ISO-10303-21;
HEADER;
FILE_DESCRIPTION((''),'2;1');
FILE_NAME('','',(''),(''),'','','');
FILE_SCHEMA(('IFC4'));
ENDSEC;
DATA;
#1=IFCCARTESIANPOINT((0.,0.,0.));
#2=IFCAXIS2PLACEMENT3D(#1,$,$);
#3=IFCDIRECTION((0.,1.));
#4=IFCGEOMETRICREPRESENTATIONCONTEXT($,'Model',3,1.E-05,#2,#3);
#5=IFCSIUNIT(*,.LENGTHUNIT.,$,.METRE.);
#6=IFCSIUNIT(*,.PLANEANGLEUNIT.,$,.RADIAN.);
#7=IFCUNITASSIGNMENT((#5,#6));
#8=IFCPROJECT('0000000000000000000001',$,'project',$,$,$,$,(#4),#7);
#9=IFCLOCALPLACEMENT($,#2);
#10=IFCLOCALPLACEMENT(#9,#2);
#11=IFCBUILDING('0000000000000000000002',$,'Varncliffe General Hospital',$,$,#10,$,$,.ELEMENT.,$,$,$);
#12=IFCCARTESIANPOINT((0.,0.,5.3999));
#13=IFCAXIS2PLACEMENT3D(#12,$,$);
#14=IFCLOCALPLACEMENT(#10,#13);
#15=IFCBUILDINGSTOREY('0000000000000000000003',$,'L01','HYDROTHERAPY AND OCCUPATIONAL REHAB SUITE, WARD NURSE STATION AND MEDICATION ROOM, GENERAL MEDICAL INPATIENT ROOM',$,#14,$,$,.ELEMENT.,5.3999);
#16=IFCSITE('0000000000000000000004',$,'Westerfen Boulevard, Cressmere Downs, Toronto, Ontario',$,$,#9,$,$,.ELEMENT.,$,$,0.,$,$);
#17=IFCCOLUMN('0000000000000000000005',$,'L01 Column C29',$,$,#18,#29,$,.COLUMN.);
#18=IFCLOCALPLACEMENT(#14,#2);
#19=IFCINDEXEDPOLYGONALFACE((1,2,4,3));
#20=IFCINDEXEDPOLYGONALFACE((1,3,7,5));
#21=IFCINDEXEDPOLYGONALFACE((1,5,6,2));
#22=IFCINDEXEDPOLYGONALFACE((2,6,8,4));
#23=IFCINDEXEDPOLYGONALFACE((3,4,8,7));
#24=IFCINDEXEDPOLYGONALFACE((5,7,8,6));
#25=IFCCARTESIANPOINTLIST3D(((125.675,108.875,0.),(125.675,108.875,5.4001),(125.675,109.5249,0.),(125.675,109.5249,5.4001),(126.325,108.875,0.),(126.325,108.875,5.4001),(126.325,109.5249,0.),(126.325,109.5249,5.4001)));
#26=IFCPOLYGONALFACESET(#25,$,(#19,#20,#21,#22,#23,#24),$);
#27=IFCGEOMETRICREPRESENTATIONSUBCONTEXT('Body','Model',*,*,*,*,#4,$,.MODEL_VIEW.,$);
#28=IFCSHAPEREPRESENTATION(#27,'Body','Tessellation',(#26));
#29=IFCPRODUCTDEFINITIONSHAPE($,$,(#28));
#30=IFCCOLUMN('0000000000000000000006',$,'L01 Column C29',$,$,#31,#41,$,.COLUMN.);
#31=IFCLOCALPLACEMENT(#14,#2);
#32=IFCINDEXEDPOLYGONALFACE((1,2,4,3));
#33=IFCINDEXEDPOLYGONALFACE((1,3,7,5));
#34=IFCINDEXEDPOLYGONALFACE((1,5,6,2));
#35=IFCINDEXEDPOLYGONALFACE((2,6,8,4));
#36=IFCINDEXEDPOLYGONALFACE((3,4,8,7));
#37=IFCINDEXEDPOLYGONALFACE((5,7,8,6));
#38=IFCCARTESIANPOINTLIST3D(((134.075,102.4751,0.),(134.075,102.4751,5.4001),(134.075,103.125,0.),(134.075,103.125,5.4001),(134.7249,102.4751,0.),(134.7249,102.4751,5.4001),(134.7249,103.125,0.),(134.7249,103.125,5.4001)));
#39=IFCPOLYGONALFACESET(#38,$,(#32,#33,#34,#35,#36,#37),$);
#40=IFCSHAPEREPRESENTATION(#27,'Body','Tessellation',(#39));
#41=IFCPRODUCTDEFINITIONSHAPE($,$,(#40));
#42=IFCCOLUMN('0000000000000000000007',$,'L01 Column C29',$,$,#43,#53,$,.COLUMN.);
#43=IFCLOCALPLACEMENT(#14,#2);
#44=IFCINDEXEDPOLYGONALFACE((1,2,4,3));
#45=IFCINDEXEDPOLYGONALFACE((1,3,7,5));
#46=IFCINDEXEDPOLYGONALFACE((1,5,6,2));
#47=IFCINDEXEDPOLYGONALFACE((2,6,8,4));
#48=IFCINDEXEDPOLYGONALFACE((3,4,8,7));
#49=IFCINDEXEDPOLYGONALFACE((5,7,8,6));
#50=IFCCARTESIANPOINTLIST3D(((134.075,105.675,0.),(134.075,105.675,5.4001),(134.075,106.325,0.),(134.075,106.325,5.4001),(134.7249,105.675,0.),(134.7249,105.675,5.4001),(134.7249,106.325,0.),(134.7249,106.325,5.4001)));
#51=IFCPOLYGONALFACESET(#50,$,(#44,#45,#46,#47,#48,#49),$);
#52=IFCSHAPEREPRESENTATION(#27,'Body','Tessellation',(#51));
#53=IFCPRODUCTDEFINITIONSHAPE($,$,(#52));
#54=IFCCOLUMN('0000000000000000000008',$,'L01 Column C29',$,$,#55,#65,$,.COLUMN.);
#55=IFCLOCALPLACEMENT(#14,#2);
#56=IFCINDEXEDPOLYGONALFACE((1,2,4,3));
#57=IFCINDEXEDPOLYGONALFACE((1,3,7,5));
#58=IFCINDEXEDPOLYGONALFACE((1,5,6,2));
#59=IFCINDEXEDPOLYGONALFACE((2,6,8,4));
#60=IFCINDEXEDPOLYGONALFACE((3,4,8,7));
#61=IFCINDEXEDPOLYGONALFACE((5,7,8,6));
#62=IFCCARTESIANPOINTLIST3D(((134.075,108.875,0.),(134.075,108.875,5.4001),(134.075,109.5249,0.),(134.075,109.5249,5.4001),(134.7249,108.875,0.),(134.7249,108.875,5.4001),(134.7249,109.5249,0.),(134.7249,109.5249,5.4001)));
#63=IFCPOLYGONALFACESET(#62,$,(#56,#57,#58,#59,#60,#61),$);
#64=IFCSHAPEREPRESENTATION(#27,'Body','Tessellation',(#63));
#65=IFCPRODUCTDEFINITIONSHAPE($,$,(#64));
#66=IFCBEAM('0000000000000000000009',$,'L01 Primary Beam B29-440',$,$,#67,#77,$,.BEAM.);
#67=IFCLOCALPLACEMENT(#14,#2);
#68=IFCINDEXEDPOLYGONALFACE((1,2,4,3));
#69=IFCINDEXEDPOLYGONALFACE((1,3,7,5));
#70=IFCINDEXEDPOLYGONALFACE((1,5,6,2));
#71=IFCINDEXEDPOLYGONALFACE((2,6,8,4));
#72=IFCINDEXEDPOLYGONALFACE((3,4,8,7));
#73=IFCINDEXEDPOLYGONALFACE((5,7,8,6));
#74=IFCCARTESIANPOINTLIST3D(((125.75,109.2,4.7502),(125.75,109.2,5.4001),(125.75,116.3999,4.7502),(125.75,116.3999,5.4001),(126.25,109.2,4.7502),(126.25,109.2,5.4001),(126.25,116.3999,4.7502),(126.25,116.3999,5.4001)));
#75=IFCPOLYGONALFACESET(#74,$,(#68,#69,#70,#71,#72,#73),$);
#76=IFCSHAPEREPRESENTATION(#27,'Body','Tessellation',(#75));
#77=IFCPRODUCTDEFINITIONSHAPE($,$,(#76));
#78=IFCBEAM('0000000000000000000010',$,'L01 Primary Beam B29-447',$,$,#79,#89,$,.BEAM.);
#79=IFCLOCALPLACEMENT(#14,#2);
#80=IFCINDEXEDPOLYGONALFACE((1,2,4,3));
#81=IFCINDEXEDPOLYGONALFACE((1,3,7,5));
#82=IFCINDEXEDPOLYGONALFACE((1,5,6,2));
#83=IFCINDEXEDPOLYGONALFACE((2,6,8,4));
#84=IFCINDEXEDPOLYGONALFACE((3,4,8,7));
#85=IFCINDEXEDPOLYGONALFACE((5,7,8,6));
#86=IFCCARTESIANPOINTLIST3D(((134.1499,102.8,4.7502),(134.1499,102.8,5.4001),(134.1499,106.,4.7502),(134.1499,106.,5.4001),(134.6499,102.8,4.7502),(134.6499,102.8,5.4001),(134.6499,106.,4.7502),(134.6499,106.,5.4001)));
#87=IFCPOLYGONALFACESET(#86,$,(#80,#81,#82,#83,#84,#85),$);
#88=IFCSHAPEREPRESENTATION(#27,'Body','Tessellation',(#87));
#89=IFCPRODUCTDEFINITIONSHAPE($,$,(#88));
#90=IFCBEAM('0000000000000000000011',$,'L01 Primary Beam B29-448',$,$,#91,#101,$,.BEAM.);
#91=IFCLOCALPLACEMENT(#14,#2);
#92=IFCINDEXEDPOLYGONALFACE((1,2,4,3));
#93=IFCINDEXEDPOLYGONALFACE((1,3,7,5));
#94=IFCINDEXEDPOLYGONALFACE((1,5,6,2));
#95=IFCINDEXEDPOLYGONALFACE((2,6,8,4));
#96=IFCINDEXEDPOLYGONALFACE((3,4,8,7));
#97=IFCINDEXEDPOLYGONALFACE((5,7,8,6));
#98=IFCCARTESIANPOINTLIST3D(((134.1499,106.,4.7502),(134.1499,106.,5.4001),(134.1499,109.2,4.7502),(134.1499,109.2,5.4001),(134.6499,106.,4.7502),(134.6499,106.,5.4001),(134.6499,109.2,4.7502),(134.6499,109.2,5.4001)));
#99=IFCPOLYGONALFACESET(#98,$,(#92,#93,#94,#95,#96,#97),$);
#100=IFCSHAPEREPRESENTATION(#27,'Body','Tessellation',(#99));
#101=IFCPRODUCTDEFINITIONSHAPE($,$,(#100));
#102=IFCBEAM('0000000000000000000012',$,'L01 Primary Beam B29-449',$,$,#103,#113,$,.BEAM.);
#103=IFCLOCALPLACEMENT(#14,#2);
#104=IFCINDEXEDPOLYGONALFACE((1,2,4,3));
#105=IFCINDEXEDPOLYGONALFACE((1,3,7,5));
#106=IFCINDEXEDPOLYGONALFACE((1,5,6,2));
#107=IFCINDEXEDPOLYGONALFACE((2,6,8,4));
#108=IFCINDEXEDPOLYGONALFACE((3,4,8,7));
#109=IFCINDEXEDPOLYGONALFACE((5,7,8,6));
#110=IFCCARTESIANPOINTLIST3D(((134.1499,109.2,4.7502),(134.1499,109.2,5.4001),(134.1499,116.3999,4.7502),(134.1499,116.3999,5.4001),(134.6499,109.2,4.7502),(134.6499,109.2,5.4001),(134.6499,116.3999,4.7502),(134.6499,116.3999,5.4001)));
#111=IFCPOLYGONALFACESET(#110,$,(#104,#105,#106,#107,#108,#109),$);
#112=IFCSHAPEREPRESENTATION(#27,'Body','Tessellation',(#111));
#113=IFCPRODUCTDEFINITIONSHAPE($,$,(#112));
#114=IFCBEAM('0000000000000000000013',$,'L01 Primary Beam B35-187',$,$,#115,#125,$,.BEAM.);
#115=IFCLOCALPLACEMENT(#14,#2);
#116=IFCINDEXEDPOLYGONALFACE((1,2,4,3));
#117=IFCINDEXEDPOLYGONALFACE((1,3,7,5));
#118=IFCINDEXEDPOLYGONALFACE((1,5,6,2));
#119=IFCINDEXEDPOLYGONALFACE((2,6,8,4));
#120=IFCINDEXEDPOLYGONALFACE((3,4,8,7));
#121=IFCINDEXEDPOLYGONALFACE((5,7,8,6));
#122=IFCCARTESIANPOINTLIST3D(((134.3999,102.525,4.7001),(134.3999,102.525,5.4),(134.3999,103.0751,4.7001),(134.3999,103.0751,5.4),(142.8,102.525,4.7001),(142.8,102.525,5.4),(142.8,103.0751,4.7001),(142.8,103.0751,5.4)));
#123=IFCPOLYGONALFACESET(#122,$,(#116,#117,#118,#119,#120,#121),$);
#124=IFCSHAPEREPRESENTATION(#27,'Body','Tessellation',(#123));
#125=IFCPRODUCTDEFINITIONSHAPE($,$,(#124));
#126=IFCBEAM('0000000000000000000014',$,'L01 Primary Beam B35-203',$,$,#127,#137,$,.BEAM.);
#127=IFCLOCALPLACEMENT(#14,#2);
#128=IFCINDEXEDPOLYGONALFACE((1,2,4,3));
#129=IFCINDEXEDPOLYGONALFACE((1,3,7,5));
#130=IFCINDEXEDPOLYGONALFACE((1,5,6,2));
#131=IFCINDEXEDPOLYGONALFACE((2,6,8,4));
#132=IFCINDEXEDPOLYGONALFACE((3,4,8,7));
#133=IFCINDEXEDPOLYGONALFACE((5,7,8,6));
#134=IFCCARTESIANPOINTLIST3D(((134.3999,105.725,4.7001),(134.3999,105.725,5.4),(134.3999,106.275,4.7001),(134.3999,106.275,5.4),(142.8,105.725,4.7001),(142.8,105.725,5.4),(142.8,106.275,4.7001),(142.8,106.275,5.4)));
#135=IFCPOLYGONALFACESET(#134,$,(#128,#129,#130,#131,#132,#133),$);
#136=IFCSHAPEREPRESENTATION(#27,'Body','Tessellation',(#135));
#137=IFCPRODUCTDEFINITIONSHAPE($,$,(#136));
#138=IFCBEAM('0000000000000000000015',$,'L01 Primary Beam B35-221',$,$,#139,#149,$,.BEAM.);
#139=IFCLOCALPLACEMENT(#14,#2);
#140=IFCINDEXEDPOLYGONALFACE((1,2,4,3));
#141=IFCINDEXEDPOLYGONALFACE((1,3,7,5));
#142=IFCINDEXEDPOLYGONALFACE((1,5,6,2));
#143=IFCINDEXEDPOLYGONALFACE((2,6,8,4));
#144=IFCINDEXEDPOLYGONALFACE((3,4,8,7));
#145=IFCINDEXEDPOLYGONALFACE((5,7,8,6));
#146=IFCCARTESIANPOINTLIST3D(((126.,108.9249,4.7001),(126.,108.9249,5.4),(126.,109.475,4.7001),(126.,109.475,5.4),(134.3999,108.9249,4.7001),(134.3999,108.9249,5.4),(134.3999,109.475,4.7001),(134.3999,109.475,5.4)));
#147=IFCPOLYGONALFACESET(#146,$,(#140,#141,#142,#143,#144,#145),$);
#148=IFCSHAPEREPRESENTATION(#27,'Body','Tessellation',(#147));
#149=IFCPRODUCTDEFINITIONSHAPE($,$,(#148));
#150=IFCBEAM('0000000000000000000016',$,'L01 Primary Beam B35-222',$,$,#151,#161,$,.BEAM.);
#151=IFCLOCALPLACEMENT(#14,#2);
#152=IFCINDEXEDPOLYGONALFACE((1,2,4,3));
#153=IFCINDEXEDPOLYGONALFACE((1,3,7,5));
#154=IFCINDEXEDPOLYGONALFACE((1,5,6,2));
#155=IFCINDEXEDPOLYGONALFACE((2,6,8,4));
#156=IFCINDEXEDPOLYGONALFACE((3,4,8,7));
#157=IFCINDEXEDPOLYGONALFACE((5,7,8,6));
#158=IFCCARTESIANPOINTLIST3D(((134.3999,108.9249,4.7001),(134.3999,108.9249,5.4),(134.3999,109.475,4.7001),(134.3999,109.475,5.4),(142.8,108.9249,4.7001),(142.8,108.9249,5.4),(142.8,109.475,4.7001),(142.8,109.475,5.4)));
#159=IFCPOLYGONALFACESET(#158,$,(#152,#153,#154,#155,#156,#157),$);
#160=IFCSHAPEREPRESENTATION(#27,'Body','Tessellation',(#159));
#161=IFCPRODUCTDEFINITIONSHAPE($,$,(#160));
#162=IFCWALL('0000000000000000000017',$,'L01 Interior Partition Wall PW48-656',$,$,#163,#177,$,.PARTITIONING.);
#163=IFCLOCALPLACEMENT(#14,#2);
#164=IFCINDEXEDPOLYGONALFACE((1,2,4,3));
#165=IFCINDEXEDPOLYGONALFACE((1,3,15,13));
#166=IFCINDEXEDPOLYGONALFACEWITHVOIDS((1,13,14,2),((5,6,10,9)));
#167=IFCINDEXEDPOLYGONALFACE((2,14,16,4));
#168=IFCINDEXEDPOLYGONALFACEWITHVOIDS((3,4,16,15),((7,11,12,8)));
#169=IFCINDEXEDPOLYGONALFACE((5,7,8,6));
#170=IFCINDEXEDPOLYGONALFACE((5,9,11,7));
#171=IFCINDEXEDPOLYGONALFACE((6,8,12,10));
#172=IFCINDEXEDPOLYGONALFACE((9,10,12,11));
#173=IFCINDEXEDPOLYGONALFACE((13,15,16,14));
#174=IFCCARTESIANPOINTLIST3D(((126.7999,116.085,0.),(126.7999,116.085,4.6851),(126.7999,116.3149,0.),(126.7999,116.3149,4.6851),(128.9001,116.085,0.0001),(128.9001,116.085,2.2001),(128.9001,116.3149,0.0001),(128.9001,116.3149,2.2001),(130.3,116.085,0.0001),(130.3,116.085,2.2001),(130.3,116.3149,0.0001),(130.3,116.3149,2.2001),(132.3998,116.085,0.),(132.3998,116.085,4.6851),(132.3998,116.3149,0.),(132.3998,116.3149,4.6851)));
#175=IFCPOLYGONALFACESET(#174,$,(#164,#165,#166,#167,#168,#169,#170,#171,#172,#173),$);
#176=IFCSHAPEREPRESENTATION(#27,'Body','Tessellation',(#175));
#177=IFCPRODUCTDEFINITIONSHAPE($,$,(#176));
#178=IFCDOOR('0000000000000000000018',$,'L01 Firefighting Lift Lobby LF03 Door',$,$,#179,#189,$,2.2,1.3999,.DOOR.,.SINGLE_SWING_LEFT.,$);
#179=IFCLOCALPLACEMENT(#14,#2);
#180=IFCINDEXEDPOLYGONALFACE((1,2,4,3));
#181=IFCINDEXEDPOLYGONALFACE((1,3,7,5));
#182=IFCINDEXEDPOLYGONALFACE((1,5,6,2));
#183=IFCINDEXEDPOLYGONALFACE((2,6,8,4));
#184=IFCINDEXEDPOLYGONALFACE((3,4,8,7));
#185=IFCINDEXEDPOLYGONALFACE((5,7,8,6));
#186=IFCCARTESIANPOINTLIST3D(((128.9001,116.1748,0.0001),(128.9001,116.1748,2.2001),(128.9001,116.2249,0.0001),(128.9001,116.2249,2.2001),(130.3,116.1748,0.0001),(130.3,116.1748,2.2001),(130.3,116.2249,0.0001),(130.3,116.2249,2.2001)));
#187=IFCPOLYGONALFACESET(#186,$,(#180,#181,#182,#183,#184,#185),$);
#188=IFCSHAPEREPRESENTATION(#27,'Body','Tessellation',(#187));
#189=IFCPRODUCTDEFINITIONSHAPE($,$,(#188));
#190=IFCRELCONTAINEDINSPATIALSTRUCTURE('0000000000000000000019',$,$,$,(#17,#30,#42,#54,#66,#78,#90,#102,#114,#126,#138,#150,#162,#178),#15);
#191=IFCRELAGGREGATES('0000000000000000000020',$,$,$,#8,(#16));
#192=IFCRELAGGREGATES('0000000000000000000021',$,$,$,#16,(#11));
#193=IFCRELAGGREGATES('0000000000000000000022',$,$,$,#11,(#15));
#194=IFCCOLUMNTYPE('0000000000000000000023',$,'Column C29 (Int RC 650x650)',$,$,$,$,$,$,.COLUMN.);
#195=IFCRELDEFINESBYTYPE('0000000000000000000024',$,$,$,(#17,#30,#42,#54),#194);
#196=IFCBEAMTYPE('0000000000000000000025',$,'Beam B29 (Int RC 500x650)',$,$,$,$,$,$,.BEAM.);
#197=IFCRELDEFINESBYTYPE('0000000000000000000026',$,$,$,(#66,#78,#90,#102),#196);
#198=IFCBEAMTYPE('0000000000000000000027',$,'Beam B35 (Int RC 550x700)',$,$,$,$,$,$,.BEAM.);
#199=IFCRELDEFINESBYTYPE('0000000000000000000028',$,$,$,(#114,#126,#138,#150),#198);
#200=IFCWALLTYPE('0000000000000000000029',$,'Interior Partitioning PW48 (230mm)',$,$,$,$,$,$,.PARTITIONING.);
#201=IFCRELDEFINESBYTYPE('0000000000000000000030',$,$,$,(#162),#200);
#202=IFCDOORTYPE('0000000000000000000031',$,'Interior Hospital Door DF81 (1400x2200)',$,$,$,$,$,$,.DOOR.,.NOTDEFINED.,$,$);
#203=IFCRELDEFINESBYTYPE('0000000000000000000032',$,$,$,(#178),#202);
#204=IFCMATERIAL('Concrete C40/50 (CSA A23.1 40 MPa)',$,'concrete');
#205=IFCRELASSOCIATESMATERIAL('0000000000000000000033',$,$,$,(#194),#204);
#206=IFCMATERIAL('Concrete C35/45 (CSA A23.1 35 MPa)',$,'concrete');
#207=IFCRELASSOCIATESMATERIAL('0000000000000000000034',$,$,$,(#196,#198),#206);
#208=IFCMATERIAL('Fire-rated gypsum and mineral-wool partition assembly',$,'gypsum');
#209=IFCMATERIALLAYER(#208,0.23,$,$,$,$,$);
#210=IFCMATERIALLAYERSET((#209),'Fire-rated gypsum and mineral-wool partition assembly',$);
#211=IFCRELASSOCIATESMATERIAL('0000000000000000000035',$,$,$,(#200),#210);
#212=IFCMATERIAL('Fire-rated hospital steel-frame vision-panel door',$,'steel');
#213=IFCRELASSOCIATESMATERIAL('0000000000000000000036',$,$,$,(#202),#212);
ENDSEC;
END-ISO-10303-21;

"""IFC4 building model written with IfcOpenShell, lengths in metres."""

from ifc_helpers import new_model, si_unit, direction, frame, frame_2d, origin, origin_2d, place, context, subcontext, project, spatial, rectangle, extrude, material, layer, layer_set, material_profile, profile_set, type_object, element, fill, save


model = new_model("IFC4")

# Units and contexts
model_context = context("Model", 3, precision=1e-05, world=origin(), true_north=direction((0.0, 1.0)))
body_context = subcontext(model_context, "Body", "Model", "MODEL_VIEW")
ifc_project = project(units=[si_unit("LENGTHUNIT", "METRE"), si_unit("PLANEANGLEUNIT", "RADIAN")], contexts=[model_context])

# Site, building, storey
site_placement = place(None, origin())
site = spatial("IfcSite", under=ifc_project, at=site_placement, Name="Westerfen Boulevard, Cressmere Downs, Toronto, Ontario", CompositionType="ELEMENT", RefElevation=0.0)
building_placement = place(site_placement, origin())
building = spatial("IfcBuilding", under=site, at=building_placement, Name="Varncliffe General Hospital", CompositionType="ELEMENT")
storey_placement = place(building_placement, frame((0.0, 0.0, 5.3999)))
storey = spatial("IfcBuildingStorey", under=building, at=storey_placement, Name="L01", Description="HYDROTHERAPY AND OCCUPATIONAL REHAB SUITE, WARD NURSE STATION AND MEDICATION ROOM, GENERAL MEDICAL INPATIENT ROOM", CompositionType="ELEMENT", Elevation=5.3999)

# Columns
ifc_material_1 = material(Name="Concrete C40/50 (CSA A23.1 40 MPa)", Category="concrete")
ifc_material_profile_1 = material_profile(ifc_material_1, rectangle(XDim=0.6499, YDim=0.6499, at=origin_2d()), Name="RC 650x650")
ifc_profile_set_1 = profile_set([ifc_material_profile_1], Name="Concrete C40/50 (CSA A23.1 40 MPa)")
column_type = type_object("IfcColumnType", Name="Column C29 (Int RC 650x650)", PredefinedType="COLUMN", material=ifc_profile_set_1)
for number, where, z_axis, x_axis, name in (
    (1, (126.0, 109.2, 0.0), (0.0, 0.0, 1.0), (1.0, 0.0, 0.0), "L01 Column C29"),
    (2, (134.3999, 102.8, 0.0), (0.0, 0.0, 1.0), (1.0, 0.0, 0.0), "L01 Column C29"),
    (3, (134.3999, 106.0, 0.0), (0.0, 0.0, 1.0), (1.0, 0.0, 0.0), "L01 Column C29"),
    (4, (134.3999, 109.2, 0.0), (0.0, 0.0, 1.0), (1.0, 0.0, 0.0), "L01 Column C29"),
):
    element("IfcColumn", number, at=place(storey_placement, frame(where, z_axis=z_axis, x_axis=x_axis)), inside=storey, type_object=column_type, Name=name, PredefinedType="COLUMN", context=body_context, shape_type="SweptSolid", body=[
        extrude(rectangle(XDim=0.6499, YDim=0.6499, at=origin_2d()), origin(), (0.0, 0.0, 1.0), 5.4001),
    ])

# Beams
ifc_material_2 = material(Name="Concrete C35/45 (CSA A23.1 35 MPa)", Category="concrete")
ifc_material_profile_2 = material_profile(ifc_material_2, rectangle(XDim=0.5, YDim=0.6499, at=origin_2d()), Name="RC 500x650")
ifc_profile_set_2 = profile_set([ifc_material_profile_2], Name="Concrete C35/45 (CSA A23.1 35 MPa)")
beam_type_1 = type_object("IfcBeamType", Name="Beam B29 (Int RC 500x650)", PredefinedType="BEAM", material=ifc_profile_set_2)
beam_1_placement = place(storey_placement, frame((126.0, 109.2, 5.0752), z_axis=(0.0, 1.0, 0.0), x_axis=(-1.0, 0.0, 0.0)))
element("IfcBeam", 5, at=beam_1_placement, inside=storey, type_object=beam_type_1, Name="L01 Primary Beam B29-440", PredefinedType="BEAM", context=body_context, shape_type="SweptSolid", body=[
    extrude(rectangle(XDim=0.5, YDim=0.6499, at=origin_2d()), origin(), (0.0, 0.0, 1.0), 7.2),
])
for number, where, z_axis, x_axis, name in (
    (6, (134.3999, 102.8, 5.0752), (0.0, 1.0, 0.0), (-1.0, 0.0, 0.0), "L01 Primary Beam B29-447"),
    (7, (134.3999, 106.0, 5.0752), (0.0, 1.0, 0.0), (-1.0, 0.0, 0.0), "L01 Primary Beam B29-448"),
):
    element("IfcBeam", number, at=place(storey_placement, frame(where, z_axis=z_axis, x_axis=x_axis)), inside=storey, type_object=beam_type_1, Name=name, PredefinedType="BEAM", context=body_context, shape_type="SweptSolid", body=[
        extrude(rectangle(XDim=0.5, YDim=0.6499, at=origin_2d()), origin(), (0.0, 0.0, 1.0), 3.2),
    ])
beam_2_placement = place(storey_placement, frame((134.3999, 109.2, 5.0752), z_axis=(0.0, 1.0, 0.0), x_axis=(-1.0, 0.0, 0.0)))
element("IfcBeam", 8, at=beam_2_placement, inside=storey, type_object=beam_type_1, Name="L01 Primary Beam B29-449", PredefinedType="BEAM", context=body_context, shape_type="SweptSolid", body=[
    extrude(rectangle(XDim=0.5, YDim=0.6499, at=origin_2d()), origin(), (0.0, 0.0, 1.0), 7.2),
])
ifc_material_profile_3 = material_profile(ifc_material_2, rectangle(XDim=0.55, YDim=0.7, at=origin_2d()), Name="RC 550x700")
ifc_profile_set_3 = profile_set([ifc_material_profile_3], Name="Concrete C35/45 (CSA A23.1 35 MPa)")
beam_type_2 = type_object("IfcBeamType", Name="Beam B35 (Int RC 550x700)", PredefinedType="BEAM", material=ifc_profile_set_3)
for number, where, z_axis, x_axis, name in (
    (9, (134.3999, 102.8, 5.05), (1.0, 0.0, 0.0), (0.0, 1.0, 0.0), "L01 Primary Beam B35-187"),
    (10, (134.3999, 106.0, 5.05), (1.0, 0.0, 0.0), (0.0, 1.0, 0.0), "L01 Primary Beam B35-203"),
):
    element("IfcBeam", number, at=place(storey_placement, frame(where, z_axis=z_axis, x_axis=x_axis)), inside=storey, type_object=beam_type_2, Name=name, PredefinedType="BEAM", context=body_context, shape_type="SweptSolid", body=[
        extrude(rectangle(XDim=0.55, YDim=0.7, at=origin_2d()), origin(), (0.0, 0.0, 1.0), 8.4001),
    ])
beam_3_placement = place(storey_placement, frame((126.0, 109.2, 5.05), z_axis=(1.0, 0.0, 0.0), x_axis=(0.0, 1.0, 0.0)))
element("IfcBeam", 11, at=beam_3_placement, inside=storey, type_object=beam_type_2, Name="L01 Primary Beam B35-221", PredefinedType="BEAM", context=body_context, shape_type="SweptSolid", body=[
    extrude(rectangle(XDim=0.55, YDim=0.7, at=origin_2d()), origin(), (0.0, 0.0, 1.0), 8.3999),
])
beam_4_placement = place(storey_placement, frame((134.3999, 109.2, 5.05), z_axis=(1.0, 0.0, 0.0), x_axis=(0.0, 1.0, 0.0)))
element("IfcBeam", 12, at=beam_4_placement, inside=storey, type_object=beam_type_2, Name="L01 Primary Beam B35-222", PredefinedType="BEAM", context=body_context, shape_type="SweptSolid", body=[
    extrude(rectangle(XDim=0.55, YDim=0.7, at=origin_2d()), origin(), (0.0, 0.0, 1.0), 8.4001),
])

# Wall, opening, door
ifc_material_3 = material(Name="Fire-rated gypsum and mineral-wool partition assembly", Category="gypsum")
ifc_layer_1 = layer(ifc_material_3, 0.23)
ifc_layer_set_1 = layer_set([ifc_layer_1], Name="Fire-rated gypsum and mineral-wool partition assembly")
wall_type_1 = type_object("IfcWallType", Name="Interior Partitioning PW48 (230mm)", PredefinedType="PARTITIONING", material=ifc_layer_set_1)
wall_1_placement = place(storey_placement, frame((126.8, 116.2, 0.0), z_axis=(0.0, 0.0, 1.0), x_axis=(1.0, 0.0, 0.0)))
wall_1 = element("IfcWall", 13, at=wall_1_placement, inside=storey, type_object=wall_type_1, Name="L01 Interior Partition Wall PW48-656", PredefinedType="PARTITIONING", context=body_context, shape_type="SweptSolid", body=[
    extrude(rectangle(XDim=5.5999, YDim=0.23, at=frame_2d((2.7998, 0.0))), origin(), (0.0, 0.0, 1.0), 4.6851),
])
opening_1_placement = place(wall_1_placement, frame((2.1001, 0.0, 0.0)))
opening_1 = element("IfcOpeningElement", 14, at=opening_1_placement, cuts=wall_1, PredefinedType="OPENING", context=body_context, shape_type="SweptSolid", body=[
    extrude(rectangle(XDim=1.3999, YDim=2.2, at=frame_2d((0.7, 1.1001))), frame((0.0, 0.125, 0.0), z_axis=(0.0, -1.0, 0.0), x_axis=(1.0, 0.0, 0.0)), (0.0, 0.0, 1.0), 0.25),
])
ifc_material_4 = material(Name="Fire-rated hospital steel-frame vision-panel door", Category="steel")
door_type_1 = type_object("IfcDoorType", Name="Interior Hospital Door DF81 (1400x2200)", OperationType="NOTDEFINED", PredefinedType="DOOR", material=ifc_material_4)
door_1_placement = place(opening_1_placement, origin())
door_1 = element("IfcDoor", 15, at=door_1_placement, inside=storey, type_object=door_type_1, Name="L01 Firefighting Lift Lobby LF03 Door", OperationType="SINGLE_SWING_LEFT", OverallHeight=2.2, OverallWidth=1.3999, PredefinedType="DOOR", context=body_context, shape_type="SweptSolid", body=[
    extrude(rectangle(XDim=1.3999, YDim=2.2, at=frame_2d((0.7, 1.1001))), frame((0.0, 0.0249, 0.0), z_axis=(0.0, -1.0, 0.0), x_axis=(1.0, 0.0, 0.0)), (0.0, 0.0, 1.0), 0.05),
])
fill(opening_1, door_1)

save(model, "model.ifc")
